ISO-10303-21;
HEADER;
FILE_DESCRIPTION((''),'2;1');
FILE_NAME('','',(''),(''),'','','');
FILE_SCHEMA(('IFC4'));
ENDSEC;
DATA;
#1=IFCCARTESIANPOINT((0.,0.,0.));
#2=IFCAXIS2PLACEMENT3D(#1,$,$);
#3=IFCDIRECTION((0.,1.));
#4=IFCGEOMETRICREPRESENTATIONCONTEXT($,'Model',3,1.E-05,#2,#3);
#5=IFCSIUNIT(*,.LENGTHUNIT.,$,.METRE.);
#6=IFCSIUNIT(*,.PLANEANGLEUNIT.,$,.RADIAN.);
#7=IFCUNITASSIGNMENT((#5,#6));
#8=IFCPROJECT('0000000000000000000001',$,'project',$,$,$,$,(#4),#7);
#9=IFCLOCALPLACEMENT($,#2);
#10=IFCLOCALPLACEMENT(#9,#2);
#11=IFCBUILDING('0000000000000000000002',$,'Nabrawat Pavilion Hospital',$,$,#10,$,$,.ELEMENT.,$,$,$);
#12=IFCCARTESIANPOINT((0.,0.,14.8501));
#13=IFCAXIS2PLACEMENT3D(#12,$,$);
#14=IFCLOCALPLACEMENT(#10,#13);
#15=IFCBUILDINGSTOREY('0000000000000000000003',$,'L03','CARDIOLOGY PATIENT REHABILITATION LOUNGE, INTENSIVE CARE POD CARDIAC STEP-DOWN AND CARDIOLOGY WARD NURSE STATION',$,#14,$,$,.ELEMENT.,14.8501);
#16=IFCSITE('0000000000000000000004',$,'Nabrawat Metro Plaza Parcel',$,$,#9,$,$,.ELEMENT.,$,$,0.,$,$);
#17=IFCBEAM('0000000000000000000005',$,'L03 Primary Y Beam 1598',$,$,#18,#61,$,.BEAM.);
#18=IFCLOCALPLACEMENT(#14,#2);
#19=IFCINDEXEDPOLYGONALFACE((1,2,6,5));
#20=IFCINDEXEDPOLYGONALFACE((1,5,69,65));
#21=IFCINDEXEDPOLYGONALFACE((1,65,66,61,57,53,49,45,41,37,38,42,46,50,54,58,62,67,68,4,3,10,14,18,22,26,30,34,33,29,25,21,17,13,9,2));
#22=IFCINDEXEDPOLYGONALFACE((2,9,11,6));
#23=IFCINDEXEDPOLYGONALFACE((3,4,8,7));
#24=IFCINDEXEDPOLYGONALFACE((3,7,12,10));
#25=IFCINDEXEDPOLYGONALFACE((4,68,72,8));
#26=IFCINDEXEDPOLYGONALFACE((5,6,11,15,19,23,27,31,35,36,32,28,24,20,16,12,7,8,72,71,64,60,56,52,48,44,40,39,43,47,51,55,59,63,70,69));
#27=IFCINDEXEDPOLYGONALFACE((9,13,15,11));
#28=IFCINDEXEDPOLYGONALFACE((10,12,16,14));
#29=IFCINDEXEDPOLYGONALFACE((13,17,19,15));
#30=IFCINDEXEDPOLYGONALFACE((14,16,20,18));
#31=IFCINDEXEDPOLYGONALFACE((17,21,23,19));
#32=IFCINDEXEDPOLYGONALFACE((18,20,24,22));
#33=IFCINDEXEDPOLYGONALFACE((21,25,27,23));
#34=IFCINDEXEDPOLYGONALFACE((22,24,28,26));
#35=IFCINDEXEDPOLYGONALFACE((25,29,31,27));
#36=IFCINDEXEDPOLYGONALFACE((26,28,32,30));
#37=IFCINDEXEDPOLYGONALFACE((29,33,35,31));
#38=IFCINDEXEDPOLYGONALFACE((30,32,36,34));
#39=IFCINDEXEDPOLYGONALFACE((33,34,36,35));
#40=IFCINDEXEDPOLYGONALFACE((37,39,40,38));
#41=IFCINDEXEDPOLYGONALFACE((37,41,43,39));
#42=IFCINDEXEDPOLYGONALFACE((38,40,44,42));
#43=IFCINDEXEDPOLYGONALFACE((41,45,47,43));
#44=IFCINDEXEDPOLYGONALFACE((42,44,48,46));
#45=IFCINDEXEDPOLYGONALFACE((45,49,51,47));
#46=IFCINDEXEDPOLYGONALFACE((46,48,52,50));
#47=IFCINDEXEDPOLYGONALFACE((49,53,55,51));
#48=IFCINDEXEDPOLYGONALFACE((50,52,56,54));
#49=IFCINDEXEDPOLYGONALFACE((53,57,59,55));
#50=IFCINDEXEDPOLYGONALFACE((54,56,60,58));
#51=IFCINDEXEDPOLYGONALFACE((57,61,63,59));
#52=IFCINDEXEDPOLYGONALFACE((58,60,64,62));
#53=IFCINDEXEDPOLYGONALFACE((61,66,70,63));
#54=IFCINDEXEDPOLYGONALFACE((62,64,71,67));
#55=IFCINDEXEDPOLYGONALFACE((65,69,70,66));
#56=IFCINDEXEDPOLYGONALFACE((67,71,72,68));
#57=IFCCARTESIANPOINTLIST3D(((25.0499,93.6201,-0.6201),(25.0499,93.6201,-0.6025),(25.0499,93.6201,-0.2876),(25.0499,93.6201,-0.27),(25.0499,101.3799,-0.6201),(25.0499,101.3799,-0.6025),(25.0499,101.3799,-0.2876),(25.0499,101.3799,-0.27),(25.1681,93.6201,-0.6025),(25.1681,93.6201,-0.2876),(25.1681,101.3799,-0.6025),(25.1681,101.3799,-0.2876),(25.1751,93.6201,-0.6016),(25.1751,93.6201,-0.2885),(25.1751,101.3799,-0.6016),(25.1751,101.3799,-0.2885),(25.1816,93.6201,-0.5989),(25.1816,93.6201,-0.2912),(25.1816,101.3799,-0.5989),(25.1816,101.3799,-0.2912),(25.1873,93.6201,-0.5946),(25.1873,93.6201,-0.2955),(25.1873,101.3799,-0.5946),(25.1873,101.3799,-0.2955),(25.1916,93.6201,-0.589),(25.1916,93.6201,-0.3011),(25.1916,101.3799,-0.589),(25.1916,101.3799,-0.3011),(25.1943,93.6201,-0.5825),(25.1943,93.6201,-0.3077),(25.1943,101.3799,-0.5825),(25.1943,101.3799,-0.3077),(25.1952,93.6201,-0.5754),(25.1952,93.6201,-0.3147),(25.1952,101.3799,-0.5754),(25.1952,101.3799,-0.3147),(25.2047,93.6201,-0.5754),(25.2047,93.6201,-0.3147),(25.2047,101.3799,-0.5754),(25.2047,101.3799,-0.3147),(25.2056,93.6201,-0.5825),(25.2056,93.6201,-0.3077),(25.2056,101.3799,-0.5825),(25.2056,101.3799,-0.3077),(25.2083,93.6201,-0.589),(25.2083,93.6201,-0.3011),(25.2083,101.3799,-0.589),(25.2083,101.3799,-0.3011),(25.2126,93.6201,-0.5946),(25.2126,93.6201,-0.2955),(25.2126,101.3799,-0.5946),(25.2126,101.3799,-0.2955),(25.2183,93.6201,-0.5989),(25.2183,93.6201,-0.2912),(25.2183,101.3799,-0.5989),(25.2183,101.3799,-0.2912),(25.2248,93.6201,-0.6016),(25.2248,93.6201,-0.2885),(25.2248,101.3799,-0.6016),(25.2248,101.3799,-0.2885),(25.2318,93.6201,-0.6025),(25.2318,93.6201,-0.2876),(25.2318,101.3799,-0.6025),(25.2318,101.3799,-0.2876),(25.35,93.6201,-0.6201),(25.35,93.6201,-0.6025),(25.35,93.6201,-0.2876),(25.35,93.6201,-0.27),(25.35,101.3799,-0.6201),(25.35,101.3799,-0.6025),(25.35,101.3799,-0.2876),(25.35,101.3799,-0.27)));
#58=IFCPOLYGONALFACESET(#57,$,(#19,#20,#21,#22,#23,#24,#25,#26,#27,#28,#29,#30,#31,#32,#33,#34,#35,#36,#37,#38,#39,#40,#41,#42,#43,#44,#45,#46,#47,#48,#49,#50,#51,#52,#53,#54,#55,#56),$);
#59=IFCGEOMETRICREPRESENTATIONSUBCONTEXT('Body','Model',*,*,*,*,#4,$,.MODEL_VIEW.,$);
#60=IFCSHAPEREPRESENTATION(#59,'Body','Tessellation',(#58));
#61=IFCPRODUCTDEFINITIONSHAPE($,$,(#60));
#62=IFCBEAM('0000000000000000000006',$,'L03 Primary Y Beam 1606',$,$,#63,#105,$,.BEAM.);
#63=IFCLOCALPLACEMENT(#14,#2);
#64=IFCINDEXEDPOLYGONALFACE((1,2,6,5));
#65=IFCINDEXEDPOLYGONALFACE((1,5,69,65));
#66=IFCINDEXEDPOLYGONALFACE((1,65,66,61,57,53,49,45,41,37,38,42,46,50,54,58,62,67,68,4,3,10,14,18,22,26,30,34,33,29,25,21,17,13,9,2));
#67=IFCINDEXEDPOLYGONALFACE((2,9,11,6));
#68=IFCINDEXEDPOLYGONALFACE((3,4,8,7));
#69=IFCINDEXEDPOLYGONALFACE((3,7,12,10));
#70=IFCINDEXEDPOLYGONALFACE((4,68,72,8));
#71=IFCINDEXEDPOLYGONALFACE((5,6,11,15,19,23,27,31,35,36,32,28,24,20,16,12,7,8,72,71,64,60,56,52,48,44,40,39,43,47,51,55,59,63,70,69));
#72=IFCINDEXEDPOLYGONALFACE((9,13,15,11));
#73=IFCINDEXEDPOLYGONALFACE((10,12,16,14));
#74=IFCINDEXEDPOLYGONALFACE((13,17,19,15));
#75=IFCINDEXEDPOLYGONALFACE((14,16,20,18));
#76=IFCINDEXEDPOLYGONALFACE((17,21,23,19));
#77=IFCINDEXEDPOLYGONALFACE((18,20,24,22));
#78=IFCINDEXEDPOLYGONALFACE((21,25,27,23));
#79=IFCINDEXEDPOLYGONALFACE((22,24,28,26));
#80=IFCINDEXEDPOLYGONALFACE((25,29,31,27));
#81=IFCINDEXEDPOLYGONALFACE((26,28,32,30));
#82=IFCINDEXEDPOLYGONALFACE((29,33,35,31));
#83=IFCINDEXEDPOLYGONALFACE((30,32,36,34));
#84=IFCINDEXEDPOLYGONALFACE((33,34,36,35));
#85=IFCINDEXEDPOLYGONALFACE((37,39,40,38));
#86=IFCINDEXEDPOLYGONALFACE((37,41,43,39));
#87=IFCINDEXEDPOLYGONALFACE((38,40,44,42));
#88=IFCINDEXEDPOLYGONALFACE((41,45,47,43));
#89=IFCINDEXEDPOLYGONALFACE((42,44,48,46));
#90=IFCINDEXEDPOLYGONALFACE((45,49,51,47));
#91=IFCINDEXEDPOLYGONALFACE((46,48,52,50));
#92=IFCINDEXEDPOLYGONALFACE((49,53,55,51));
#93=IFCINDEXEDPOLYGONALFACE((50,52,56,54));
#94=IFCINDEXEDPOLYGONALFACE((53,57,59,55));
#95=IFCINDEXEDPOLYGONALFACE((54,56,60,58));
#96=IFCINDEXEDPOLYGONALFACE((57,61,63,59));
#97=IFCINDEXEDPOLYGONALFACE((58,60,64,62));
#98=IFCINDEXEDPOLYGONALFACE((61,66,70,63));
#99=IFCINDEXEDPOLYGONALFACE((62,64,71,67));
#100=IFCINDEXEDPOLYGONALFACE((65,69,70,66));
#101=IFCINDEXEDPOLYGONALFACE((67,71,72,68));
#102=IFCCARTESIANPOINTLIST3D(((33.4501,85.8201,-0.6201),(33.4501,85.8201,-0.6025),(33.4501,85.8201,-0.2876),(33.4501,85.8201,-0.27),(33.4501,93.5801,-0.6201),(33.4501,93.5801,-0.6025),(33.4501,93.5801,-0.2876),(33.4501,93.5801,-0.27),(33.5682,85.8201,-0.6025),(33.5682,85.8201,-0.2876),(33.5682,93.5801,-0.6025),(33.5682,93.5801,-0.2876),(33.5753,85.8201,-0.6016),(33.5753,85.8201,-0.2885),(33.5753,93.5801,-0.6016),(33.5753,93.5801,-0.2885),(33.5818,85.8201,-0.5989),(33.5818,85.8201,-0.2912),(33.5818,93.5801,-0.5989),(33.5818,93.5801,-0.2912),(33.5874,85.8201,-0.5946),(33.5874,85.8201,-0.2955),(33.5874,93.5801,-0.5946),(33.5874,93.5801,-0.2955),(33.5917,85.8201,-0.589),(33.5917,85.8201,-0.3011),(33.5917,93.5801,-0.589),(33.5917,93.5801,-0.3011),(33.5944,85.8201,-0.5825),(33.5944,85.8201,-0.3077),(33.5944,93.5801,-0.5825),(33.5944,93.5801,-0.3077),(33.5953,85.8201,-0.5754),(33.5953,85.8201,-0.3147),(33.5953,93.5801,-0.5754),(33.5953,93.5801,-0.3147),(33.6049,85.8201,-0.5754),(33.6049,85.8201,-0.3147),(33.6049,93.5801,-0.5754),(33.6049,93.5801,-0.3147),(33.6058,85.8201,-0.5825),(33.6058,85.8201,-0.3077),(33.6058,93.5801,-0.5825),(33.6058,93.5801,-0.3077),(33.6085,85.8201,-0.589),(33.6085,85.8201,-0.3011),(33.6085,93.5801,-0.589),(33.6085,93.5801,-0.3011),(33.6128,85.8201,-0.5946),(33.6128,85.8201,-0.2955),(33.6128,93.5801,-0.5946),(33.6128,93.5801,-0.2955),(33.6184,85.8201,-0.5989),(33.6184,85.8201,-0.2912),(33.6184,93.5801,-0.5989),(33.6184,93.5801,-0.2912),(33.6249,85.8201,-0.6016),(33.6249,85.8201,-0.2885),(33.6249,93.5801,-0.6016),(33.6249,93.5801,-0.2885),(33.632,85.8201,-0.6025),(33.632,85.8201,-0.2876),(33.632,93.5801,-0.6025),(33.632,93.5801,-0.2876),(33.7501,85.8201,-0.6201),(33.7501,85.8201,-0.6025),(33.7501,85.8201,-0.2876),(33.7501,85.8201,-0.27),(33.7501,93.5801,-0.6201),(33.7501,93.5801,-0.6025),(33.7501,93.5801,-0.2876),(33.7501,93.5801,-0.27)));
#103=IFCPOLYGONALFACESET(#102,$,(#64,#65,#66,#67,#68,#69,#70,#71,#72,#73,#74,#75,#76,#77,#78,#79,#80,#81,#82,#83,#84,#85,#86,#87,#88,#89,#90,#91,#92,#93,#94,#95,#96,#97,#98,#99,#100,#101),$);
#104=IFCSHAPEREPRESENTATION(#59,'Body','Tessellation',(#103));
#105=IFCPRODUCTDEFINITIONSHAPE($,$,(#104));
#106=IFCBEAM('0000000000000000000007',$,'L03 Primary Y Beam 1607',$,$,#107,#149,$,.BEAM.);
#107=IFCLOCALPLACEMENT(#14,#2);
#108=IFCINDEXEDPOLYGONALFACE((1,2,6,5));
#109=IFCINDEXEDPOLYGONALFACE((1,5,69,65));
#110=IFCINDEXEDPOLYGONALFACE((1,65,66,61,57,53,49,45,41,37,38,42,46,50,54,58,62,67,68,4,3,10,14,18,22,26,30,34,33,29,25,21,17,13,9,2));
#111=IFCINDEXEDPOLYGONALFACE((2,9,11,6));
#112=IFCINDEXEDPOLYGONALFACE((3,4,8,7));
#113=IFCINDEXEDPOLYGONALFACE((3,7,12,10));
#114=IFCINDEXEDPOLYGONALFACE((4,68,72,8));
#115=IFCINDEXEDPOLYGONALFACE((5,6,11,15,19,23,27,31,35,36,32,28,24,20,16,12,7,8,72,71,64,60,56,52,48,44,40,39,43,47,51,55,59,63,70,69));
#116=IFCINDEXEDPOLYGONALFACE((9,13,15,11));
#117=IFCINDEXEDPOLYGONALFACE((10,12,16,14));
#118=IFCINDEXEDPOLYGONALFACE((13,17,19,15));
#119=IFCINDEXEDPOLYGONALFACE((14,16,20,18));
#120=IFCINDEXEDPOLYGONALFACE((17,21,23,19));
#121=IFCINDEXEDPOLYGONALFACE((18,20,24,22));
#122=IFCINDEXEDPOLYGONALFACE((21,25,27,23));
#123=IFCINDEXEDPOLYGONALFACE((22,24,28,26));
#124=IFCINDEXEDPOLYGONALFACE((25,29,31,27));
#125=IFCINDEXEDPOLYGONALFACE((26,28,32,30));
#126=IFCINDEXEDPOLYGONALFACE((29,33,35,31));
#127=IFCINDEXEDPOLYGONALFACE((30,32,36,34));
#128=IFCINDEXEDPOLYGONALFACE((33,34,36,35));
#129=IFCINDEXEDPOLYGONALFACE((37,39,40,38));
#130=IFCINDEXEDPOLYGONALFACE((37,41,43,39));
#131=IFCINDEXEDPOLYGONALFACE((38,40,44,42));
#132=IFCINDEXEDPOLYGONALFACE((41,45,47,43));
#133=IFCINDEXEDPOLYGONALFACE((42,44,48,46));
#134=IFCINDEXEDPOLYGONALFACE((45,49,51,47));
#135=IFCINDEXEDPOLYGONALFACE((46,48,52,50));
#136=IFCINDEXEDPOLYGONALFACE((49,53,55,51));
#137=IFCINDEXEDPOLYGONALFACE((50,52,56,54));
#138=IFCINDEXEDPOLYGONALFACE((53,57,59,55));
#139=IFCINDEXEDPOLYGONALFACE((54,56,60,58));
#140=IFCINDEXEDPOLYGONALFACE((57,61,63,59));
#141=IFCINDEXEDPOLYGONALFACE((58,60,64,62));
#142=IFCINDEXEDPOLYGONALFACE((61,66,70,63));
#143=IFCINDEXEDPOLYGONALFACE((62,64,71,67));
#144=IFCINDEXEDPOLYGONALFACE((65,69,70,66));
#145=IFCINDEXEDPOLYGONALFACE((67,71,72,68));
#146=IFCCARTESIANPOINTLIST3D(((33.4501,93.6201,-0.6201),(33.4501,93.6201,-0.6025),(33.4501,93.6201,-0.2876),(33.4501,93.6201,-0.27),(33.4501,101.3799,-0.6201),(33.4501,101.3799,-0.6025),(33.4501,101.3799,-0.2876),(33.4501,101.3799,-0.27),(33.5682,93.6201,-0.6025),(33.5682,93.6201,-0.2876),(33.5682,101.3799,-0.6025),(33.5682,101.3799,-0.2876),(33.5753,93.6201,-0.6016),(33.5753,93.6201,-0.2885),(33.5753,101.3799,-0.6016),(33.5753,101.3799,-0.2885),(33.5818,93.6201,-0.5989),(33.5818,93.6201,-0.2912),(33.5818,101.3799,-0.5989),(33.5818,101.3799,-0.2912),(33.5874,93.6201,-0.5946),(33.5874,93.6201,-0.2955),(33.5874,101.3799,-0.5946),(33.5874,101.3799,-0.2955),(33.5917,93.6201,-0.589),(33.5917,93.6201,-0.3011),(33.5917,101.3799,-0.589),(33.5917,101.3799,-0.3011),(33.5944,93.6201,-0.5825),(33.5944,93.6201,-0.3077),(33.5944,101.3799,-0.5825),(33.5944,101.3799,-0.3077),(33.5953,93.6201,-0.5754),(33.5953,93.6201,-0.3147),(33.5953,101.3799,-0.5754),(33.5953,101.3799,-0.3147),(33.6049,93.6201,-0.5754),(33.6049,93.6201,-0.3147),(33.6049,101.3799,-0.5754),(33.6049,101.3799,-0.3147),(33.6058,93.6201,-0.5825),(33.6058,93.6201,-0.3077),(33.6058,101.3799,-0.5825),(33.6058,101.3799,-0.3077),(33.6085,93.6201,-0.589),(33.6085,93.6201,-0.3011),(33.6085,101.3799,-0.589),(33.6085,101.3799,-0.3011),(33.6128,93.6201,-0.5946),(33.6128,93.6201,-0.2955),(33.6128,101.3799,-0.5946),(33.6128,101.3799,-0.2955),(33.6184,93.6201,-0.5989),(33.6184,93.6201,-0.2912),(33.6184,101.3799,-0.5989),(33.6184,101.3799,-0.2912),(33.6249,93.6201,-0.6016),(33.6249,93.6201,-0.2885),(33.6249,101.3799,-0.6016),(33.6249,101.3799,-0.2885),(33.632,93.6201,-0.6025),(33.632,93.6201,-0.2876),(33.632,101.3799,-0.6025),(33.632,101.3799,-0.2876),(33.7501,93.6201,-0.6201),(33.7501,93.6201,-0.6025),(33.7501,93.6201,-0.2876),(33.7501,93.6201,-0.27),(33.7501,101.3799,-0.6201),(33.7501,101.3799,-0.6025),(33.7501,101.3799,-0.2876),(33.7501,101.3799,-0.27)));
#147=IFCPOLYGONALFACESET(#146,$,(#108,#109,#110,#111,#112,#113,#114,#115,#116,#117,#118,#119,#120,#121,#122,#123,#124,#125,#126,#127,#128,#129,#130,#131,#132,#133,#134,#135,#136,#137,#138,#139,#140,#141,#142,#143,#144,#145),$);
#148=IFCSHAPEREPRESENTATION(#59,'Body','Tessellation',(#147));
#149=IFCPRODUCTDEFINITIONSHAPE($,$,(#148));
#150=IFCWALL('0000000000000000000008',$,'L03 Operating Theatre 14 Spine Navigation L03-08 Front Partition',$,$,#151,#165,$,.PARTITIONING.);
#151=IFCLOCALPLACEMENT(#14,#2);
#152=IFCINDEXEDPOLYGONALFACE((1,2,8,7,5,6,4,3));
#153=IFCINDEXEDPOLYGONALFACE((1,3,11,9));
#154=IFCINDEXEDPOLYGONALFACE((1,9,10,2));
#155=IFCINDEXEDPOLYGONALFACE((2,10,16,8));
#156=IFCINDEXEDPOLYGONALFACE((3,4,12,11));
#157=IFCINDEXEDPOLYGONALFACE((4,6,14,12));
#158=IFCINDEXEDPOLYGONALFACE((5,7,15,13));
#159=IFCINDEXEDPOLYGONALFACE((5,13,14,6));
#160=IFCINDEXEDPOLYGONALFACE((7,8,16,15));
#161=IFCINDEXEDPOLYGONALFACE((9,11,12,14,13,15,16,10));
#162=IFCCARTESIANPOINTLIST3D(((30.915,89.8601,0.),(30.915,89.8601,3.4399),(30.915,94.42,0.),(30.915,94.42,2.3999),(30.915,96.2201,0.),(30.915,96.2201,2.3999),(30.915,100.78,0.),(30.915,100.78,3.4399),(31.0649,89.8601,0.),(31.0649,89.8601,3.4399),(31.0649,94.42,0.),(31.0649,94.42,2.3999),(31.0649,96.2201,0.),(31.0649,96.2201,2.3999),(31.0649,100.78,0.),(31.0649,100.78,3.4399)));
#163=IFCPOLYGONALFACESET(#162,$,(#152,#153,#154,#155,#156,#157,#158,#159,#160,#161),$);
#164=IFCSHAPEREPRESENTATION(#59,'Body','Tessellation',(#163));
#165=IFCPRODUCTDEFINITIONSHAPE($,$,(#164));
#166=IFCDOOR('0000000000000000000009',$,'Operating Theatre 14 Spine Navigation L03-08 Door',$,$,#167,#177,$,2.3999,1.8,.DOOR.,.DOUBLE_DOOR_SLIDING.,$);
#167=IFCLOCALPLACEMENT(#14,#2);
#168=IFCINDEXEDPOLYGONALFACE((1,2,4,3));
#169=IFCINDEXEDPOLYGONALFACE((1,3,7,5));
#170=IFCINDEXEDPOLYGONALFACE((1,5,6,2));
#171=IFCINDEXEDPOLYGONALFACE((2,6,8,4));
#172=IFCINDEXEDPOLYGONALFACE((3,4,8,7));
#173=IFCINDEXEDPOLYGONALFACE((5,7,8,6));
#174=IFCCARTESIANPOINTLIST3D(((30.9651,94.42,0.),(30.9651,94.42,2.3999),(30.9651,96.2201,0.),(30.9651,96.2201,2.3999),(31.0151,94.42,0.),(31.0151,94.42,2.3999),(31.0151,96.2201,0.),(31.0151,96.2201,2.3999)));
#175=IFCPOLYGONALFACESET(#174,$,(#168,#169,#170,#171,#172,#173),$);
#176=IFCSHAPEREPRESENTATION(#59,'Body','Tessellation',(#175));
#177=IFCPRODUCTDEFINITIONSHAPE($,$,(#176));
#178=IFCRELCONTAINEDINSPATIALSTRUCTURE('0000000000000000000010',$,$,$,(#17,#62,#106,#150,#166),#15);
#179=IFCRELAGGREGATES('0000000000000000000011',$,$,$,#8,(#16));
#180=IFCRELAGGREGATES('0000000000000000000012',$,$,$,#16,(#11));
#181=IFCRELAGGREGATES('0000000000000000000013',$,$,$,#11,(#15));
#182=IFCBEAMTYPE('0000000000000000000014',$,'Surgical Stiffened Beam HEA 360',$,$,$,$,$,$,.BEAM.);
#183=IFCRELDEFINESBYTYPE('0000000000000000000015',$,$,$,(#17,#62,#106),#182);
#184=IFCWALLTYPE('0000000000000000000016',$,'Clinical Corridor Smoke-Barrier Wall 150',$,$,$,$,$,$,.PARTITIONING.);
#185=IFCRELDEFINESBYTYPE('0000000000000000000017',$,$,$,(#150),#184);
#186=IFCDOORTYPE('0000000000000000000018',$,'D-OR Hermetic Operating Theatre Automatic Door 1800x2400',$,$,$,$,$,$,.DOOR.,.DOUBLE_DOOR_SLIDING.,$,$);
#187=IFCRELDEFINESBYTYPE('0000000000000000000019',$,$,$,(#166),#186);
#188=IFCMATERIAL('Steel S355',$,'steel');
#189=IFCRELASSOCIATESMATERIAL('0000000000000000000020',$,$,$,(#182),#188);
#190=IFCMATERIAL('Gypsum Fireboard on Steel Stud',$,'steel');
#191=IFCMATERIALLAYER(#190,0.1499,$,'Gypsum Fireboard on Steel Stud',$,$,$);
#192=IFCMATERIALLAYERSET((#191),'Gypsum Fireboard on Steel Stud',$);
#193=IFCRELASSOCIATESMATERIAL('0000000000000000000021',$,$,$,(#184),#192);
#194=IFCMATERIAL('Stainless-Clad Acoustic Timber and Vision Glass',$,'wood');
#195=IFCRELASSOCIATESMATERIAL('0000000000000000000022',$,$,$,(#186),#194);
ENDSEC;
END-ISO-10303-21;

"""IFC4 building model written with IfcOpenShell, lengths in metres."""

from ifc_helpers import new_model, si_unit, direction, frame, frame_2d, origin, origin_2d, place, context, subcontext, project, spatial, rectangle, i_section, extrude, material, layer, layer_set, material_profile, profile_set, type_object, element, fill, save


model = new_model("IFC4")

# Units and contexts
model_context = context("Model", 3, precision=1e-05, world=origin(), true_north=direction((0.0, 1.0)))
body_context = subcontext(model_context, "Body", "Model", "MODEL_VIEW")
ifc_project = project(units=[si_unit("LENGTHUNIT", "METRE"), si_unit("PLANEANGLEUNIT", "RADIAN")], contexts=[model_context])

# Site, building, storey
site_placement = place(None, origin())
site = spatial("IfcSite", under=ifc_project, at=site_placement, Name="Nabrawat Metro Plaza Parcel", CompositionType="ELEMENT", RefElevation=0.0)
building_placement = place(site_placement, origin())
building = spatial("IfcBuilding", under=site, at=building_placement, Name="Nabrawat Pavilion Hospital", CompositionType="ELEMENT")
storey_placement = place(building_placement, frame((0.0, 0.0, 14.8501)))
storey = spatial("IfcBuildingStorey", under=building, at=storey_placement, Name="L03", Description="CARDIOLOGY PATIENT REHABILITATION LOUNGE, INTENSIVE CARE POD CARDIAC STEP-DOWN AND CARDIOLOGY WARD NURSE STATION", CompositionType="ELEMENT", Elevation=14.8501)

# Shared definitions
ifc_material_1 = material(Name="Steel S355", Category="steel")

# Beams
ifc_material_profile_1 = material_profile(ifc_material_1, i_section(OverallWidth=0.3, OverallDepth=0.3501, WebThickness=0.0095, FlangeThickness=0.0176, FilletRadius=0.0271, at=origin_2d()), Name="HEA 360")
ifc_profile_set_1 = profile_set([ifc_material_profile_1], Name="Steel S355")
beam_type_1 = type_object("IfcBeamType", Name="Surgical Stiffened Beam HEA 360", PredefinedType="BEAM", material=ifc_profile_set_1)
beam_1_placement = place(storey_placement, frame((25.2, 93.6201, -0.4451), z_axis=(0.0, 1.0, 0.0), x_axis=(-1.0, 0.0, 0.0)))
element("IfcBeam", 1, at=beam_1_placement, inside=storey, type_object=beam_type_1, Name="L03 Primary Y Beam 1598", PredefinedType="BEAM", context=body_context, shape_type="SweptSolid", body=[
    extrude(i_section(OverallWidth=0.3, OverallDepth=0.3501, WebThickness=0.0095, FlangeThickness=0.0176, FilletRadius=0.0271, at=origin_2d()), origin(), (0.0, 0.0, 1.0), 7.7598),
])
beam_2_placement = place(storey_placement, frame((33.6001, 85.8201, -0.4451), z_axis=(0.0, 1.0, 0.0), x_axis=(-1.0, 0.0, 0.0)))
element("IfcBeam", 2, at=beam_2_placement, inside=storey, type_object=beam_type_1, Name="L03 Primary Y Beam 1606", PredefinedType="BEAM", context=body_context, shape_type="SweptSolid", body=[
    extrude(i_section(OverallWidth=0.3, OverallDepth=0.3501, WebThickness=0.0095, FlangeThickness=0.0176, FilletRadius=0.0271, at=origin_2d()), origin(), (0.0, 0.0, 1.0), 7.76),
])
beam_3_placement = place(storey_placement, frame((33.6001, 93.6201, -0.4451), z_axis=(0.0, 1.0, 0.0), x_axis=(-1.0, 0.0, 0.0)))
element("IfcBeam", 3, at=beam_3_placement, inside=storey, type_object=beam_type_1, Name="L03 Primary Y Beam 1607", PredefinedType="BEAM", context=body_context, shape_type="SweptSolid", body=[
    extrude(i_section(OverallWidth=0.3, OverallDepth=0.3501, WebThickness=0.0095, FlangeThickness=0.0176, FilletRadius=0.0271, at=origin_2d()), origin(), (0.0, 0.0, 1.0), 7.7598),
])

# Wall, opening, door
ifc_material_2 = material(Name="Gypsum Fireboard on Steel Stud", Category="steel")
ifc_layer_1 = layer(ifc_material_2, 0.1499, Name="Gypsum Fireboard on Steel Stud")
ifc_layer_set_1 = layer_set([ifc_layer_1], Name="Gypsum Fireboard on Steel Stud")
wall_type_1 = type_object("IfcWallType", Name="Clinical Corridor Smoke-Barrier Wall 150", PredefinedType="PARTITIONING", material=ifc_layer_set_1)
wall_1_placement = place(storey_placement, frame((30.99, 89.8601, 0.0), z_axis=(0.0, 0.0, 1.0), x_axis=(0.0, 1.0, 0.0)))
wall_1 = element("IfcWall", 4, at=wall_1_placement, inside=storey, type_object=wall_type_1, Name="L03 Operating Theatre 14 Spine Navigation L03-08 Front Partition", PredefinedType="PARTITIONING", context=body_context, shape_type="SweptSolid", body=[
    extrude(rectangle(XDim=10.9199, YDim=0.1499, at=frame_2d((5.46, 0.0))), origin(), (0.0, 0.0, 1.0), 3.4399),
])
opening_1_placement = place(wall_1_placement, frame((4.5601, 0.0, 0.0)))
opening_1 = element("IfcOpeningElement", 5, at=opening_1_placement, cuts=wall_1, PredefinedType="OPENING", context=body_context, shape_type="SweptSolid", body=[
    extrude(rectangle(XDim=1.8, YDim=2.3999, at=frame_2d((0.8999, 1.2))), frame((0.0, 0.085, 0.0), z_axis=(0.0, -1.0, 0.0), x_axis=(1.0, 0.0, 0.0)), (0.0, 0.0, 1.0), 0.1699),
])
ifc_material_3 = material(Name="Stainless-Clad Acoustic Timber and Vision Glass", Category="wood")
door_type_1 = type_object("IfcDoorType", Name="D-OR Hermetic Operating Theatre Automatic Door 1800x2400", OperationType="DOUBLE_DOOR_SLIDING", PredefinedType="DOOR", material=ifc_material_3)
door_1_placement = place(opening_1_placement, origin())
door_1 = element("IfcDoor", 6, at=door_1_placement, inside=storey, type_object=door_type_1, Name="Operating Theatre 14 Spine Navigation L03-08 Door", OperationType="DOUBLE_DOOR_SLIDING", OverallHeight=2.3999, OverallWidth=1.8, PredefinedType="DOOR", context=body_context, shape_type="SweptSolid", body=[
    extrude(rectangle(XDim=1.8, YDim=2.3999, at=frame_2d((0.8999, 1.2))), frame((0.0, 0.0249, 0.0), z_axis=(0.0, -1.0, 0.0), x_axis=(1.0, 0.0, 0.0)), (0.0, 0.0, 1.0), 0.05),
])
fill(opening_1, door_1)

save(model, "model.ifc")
